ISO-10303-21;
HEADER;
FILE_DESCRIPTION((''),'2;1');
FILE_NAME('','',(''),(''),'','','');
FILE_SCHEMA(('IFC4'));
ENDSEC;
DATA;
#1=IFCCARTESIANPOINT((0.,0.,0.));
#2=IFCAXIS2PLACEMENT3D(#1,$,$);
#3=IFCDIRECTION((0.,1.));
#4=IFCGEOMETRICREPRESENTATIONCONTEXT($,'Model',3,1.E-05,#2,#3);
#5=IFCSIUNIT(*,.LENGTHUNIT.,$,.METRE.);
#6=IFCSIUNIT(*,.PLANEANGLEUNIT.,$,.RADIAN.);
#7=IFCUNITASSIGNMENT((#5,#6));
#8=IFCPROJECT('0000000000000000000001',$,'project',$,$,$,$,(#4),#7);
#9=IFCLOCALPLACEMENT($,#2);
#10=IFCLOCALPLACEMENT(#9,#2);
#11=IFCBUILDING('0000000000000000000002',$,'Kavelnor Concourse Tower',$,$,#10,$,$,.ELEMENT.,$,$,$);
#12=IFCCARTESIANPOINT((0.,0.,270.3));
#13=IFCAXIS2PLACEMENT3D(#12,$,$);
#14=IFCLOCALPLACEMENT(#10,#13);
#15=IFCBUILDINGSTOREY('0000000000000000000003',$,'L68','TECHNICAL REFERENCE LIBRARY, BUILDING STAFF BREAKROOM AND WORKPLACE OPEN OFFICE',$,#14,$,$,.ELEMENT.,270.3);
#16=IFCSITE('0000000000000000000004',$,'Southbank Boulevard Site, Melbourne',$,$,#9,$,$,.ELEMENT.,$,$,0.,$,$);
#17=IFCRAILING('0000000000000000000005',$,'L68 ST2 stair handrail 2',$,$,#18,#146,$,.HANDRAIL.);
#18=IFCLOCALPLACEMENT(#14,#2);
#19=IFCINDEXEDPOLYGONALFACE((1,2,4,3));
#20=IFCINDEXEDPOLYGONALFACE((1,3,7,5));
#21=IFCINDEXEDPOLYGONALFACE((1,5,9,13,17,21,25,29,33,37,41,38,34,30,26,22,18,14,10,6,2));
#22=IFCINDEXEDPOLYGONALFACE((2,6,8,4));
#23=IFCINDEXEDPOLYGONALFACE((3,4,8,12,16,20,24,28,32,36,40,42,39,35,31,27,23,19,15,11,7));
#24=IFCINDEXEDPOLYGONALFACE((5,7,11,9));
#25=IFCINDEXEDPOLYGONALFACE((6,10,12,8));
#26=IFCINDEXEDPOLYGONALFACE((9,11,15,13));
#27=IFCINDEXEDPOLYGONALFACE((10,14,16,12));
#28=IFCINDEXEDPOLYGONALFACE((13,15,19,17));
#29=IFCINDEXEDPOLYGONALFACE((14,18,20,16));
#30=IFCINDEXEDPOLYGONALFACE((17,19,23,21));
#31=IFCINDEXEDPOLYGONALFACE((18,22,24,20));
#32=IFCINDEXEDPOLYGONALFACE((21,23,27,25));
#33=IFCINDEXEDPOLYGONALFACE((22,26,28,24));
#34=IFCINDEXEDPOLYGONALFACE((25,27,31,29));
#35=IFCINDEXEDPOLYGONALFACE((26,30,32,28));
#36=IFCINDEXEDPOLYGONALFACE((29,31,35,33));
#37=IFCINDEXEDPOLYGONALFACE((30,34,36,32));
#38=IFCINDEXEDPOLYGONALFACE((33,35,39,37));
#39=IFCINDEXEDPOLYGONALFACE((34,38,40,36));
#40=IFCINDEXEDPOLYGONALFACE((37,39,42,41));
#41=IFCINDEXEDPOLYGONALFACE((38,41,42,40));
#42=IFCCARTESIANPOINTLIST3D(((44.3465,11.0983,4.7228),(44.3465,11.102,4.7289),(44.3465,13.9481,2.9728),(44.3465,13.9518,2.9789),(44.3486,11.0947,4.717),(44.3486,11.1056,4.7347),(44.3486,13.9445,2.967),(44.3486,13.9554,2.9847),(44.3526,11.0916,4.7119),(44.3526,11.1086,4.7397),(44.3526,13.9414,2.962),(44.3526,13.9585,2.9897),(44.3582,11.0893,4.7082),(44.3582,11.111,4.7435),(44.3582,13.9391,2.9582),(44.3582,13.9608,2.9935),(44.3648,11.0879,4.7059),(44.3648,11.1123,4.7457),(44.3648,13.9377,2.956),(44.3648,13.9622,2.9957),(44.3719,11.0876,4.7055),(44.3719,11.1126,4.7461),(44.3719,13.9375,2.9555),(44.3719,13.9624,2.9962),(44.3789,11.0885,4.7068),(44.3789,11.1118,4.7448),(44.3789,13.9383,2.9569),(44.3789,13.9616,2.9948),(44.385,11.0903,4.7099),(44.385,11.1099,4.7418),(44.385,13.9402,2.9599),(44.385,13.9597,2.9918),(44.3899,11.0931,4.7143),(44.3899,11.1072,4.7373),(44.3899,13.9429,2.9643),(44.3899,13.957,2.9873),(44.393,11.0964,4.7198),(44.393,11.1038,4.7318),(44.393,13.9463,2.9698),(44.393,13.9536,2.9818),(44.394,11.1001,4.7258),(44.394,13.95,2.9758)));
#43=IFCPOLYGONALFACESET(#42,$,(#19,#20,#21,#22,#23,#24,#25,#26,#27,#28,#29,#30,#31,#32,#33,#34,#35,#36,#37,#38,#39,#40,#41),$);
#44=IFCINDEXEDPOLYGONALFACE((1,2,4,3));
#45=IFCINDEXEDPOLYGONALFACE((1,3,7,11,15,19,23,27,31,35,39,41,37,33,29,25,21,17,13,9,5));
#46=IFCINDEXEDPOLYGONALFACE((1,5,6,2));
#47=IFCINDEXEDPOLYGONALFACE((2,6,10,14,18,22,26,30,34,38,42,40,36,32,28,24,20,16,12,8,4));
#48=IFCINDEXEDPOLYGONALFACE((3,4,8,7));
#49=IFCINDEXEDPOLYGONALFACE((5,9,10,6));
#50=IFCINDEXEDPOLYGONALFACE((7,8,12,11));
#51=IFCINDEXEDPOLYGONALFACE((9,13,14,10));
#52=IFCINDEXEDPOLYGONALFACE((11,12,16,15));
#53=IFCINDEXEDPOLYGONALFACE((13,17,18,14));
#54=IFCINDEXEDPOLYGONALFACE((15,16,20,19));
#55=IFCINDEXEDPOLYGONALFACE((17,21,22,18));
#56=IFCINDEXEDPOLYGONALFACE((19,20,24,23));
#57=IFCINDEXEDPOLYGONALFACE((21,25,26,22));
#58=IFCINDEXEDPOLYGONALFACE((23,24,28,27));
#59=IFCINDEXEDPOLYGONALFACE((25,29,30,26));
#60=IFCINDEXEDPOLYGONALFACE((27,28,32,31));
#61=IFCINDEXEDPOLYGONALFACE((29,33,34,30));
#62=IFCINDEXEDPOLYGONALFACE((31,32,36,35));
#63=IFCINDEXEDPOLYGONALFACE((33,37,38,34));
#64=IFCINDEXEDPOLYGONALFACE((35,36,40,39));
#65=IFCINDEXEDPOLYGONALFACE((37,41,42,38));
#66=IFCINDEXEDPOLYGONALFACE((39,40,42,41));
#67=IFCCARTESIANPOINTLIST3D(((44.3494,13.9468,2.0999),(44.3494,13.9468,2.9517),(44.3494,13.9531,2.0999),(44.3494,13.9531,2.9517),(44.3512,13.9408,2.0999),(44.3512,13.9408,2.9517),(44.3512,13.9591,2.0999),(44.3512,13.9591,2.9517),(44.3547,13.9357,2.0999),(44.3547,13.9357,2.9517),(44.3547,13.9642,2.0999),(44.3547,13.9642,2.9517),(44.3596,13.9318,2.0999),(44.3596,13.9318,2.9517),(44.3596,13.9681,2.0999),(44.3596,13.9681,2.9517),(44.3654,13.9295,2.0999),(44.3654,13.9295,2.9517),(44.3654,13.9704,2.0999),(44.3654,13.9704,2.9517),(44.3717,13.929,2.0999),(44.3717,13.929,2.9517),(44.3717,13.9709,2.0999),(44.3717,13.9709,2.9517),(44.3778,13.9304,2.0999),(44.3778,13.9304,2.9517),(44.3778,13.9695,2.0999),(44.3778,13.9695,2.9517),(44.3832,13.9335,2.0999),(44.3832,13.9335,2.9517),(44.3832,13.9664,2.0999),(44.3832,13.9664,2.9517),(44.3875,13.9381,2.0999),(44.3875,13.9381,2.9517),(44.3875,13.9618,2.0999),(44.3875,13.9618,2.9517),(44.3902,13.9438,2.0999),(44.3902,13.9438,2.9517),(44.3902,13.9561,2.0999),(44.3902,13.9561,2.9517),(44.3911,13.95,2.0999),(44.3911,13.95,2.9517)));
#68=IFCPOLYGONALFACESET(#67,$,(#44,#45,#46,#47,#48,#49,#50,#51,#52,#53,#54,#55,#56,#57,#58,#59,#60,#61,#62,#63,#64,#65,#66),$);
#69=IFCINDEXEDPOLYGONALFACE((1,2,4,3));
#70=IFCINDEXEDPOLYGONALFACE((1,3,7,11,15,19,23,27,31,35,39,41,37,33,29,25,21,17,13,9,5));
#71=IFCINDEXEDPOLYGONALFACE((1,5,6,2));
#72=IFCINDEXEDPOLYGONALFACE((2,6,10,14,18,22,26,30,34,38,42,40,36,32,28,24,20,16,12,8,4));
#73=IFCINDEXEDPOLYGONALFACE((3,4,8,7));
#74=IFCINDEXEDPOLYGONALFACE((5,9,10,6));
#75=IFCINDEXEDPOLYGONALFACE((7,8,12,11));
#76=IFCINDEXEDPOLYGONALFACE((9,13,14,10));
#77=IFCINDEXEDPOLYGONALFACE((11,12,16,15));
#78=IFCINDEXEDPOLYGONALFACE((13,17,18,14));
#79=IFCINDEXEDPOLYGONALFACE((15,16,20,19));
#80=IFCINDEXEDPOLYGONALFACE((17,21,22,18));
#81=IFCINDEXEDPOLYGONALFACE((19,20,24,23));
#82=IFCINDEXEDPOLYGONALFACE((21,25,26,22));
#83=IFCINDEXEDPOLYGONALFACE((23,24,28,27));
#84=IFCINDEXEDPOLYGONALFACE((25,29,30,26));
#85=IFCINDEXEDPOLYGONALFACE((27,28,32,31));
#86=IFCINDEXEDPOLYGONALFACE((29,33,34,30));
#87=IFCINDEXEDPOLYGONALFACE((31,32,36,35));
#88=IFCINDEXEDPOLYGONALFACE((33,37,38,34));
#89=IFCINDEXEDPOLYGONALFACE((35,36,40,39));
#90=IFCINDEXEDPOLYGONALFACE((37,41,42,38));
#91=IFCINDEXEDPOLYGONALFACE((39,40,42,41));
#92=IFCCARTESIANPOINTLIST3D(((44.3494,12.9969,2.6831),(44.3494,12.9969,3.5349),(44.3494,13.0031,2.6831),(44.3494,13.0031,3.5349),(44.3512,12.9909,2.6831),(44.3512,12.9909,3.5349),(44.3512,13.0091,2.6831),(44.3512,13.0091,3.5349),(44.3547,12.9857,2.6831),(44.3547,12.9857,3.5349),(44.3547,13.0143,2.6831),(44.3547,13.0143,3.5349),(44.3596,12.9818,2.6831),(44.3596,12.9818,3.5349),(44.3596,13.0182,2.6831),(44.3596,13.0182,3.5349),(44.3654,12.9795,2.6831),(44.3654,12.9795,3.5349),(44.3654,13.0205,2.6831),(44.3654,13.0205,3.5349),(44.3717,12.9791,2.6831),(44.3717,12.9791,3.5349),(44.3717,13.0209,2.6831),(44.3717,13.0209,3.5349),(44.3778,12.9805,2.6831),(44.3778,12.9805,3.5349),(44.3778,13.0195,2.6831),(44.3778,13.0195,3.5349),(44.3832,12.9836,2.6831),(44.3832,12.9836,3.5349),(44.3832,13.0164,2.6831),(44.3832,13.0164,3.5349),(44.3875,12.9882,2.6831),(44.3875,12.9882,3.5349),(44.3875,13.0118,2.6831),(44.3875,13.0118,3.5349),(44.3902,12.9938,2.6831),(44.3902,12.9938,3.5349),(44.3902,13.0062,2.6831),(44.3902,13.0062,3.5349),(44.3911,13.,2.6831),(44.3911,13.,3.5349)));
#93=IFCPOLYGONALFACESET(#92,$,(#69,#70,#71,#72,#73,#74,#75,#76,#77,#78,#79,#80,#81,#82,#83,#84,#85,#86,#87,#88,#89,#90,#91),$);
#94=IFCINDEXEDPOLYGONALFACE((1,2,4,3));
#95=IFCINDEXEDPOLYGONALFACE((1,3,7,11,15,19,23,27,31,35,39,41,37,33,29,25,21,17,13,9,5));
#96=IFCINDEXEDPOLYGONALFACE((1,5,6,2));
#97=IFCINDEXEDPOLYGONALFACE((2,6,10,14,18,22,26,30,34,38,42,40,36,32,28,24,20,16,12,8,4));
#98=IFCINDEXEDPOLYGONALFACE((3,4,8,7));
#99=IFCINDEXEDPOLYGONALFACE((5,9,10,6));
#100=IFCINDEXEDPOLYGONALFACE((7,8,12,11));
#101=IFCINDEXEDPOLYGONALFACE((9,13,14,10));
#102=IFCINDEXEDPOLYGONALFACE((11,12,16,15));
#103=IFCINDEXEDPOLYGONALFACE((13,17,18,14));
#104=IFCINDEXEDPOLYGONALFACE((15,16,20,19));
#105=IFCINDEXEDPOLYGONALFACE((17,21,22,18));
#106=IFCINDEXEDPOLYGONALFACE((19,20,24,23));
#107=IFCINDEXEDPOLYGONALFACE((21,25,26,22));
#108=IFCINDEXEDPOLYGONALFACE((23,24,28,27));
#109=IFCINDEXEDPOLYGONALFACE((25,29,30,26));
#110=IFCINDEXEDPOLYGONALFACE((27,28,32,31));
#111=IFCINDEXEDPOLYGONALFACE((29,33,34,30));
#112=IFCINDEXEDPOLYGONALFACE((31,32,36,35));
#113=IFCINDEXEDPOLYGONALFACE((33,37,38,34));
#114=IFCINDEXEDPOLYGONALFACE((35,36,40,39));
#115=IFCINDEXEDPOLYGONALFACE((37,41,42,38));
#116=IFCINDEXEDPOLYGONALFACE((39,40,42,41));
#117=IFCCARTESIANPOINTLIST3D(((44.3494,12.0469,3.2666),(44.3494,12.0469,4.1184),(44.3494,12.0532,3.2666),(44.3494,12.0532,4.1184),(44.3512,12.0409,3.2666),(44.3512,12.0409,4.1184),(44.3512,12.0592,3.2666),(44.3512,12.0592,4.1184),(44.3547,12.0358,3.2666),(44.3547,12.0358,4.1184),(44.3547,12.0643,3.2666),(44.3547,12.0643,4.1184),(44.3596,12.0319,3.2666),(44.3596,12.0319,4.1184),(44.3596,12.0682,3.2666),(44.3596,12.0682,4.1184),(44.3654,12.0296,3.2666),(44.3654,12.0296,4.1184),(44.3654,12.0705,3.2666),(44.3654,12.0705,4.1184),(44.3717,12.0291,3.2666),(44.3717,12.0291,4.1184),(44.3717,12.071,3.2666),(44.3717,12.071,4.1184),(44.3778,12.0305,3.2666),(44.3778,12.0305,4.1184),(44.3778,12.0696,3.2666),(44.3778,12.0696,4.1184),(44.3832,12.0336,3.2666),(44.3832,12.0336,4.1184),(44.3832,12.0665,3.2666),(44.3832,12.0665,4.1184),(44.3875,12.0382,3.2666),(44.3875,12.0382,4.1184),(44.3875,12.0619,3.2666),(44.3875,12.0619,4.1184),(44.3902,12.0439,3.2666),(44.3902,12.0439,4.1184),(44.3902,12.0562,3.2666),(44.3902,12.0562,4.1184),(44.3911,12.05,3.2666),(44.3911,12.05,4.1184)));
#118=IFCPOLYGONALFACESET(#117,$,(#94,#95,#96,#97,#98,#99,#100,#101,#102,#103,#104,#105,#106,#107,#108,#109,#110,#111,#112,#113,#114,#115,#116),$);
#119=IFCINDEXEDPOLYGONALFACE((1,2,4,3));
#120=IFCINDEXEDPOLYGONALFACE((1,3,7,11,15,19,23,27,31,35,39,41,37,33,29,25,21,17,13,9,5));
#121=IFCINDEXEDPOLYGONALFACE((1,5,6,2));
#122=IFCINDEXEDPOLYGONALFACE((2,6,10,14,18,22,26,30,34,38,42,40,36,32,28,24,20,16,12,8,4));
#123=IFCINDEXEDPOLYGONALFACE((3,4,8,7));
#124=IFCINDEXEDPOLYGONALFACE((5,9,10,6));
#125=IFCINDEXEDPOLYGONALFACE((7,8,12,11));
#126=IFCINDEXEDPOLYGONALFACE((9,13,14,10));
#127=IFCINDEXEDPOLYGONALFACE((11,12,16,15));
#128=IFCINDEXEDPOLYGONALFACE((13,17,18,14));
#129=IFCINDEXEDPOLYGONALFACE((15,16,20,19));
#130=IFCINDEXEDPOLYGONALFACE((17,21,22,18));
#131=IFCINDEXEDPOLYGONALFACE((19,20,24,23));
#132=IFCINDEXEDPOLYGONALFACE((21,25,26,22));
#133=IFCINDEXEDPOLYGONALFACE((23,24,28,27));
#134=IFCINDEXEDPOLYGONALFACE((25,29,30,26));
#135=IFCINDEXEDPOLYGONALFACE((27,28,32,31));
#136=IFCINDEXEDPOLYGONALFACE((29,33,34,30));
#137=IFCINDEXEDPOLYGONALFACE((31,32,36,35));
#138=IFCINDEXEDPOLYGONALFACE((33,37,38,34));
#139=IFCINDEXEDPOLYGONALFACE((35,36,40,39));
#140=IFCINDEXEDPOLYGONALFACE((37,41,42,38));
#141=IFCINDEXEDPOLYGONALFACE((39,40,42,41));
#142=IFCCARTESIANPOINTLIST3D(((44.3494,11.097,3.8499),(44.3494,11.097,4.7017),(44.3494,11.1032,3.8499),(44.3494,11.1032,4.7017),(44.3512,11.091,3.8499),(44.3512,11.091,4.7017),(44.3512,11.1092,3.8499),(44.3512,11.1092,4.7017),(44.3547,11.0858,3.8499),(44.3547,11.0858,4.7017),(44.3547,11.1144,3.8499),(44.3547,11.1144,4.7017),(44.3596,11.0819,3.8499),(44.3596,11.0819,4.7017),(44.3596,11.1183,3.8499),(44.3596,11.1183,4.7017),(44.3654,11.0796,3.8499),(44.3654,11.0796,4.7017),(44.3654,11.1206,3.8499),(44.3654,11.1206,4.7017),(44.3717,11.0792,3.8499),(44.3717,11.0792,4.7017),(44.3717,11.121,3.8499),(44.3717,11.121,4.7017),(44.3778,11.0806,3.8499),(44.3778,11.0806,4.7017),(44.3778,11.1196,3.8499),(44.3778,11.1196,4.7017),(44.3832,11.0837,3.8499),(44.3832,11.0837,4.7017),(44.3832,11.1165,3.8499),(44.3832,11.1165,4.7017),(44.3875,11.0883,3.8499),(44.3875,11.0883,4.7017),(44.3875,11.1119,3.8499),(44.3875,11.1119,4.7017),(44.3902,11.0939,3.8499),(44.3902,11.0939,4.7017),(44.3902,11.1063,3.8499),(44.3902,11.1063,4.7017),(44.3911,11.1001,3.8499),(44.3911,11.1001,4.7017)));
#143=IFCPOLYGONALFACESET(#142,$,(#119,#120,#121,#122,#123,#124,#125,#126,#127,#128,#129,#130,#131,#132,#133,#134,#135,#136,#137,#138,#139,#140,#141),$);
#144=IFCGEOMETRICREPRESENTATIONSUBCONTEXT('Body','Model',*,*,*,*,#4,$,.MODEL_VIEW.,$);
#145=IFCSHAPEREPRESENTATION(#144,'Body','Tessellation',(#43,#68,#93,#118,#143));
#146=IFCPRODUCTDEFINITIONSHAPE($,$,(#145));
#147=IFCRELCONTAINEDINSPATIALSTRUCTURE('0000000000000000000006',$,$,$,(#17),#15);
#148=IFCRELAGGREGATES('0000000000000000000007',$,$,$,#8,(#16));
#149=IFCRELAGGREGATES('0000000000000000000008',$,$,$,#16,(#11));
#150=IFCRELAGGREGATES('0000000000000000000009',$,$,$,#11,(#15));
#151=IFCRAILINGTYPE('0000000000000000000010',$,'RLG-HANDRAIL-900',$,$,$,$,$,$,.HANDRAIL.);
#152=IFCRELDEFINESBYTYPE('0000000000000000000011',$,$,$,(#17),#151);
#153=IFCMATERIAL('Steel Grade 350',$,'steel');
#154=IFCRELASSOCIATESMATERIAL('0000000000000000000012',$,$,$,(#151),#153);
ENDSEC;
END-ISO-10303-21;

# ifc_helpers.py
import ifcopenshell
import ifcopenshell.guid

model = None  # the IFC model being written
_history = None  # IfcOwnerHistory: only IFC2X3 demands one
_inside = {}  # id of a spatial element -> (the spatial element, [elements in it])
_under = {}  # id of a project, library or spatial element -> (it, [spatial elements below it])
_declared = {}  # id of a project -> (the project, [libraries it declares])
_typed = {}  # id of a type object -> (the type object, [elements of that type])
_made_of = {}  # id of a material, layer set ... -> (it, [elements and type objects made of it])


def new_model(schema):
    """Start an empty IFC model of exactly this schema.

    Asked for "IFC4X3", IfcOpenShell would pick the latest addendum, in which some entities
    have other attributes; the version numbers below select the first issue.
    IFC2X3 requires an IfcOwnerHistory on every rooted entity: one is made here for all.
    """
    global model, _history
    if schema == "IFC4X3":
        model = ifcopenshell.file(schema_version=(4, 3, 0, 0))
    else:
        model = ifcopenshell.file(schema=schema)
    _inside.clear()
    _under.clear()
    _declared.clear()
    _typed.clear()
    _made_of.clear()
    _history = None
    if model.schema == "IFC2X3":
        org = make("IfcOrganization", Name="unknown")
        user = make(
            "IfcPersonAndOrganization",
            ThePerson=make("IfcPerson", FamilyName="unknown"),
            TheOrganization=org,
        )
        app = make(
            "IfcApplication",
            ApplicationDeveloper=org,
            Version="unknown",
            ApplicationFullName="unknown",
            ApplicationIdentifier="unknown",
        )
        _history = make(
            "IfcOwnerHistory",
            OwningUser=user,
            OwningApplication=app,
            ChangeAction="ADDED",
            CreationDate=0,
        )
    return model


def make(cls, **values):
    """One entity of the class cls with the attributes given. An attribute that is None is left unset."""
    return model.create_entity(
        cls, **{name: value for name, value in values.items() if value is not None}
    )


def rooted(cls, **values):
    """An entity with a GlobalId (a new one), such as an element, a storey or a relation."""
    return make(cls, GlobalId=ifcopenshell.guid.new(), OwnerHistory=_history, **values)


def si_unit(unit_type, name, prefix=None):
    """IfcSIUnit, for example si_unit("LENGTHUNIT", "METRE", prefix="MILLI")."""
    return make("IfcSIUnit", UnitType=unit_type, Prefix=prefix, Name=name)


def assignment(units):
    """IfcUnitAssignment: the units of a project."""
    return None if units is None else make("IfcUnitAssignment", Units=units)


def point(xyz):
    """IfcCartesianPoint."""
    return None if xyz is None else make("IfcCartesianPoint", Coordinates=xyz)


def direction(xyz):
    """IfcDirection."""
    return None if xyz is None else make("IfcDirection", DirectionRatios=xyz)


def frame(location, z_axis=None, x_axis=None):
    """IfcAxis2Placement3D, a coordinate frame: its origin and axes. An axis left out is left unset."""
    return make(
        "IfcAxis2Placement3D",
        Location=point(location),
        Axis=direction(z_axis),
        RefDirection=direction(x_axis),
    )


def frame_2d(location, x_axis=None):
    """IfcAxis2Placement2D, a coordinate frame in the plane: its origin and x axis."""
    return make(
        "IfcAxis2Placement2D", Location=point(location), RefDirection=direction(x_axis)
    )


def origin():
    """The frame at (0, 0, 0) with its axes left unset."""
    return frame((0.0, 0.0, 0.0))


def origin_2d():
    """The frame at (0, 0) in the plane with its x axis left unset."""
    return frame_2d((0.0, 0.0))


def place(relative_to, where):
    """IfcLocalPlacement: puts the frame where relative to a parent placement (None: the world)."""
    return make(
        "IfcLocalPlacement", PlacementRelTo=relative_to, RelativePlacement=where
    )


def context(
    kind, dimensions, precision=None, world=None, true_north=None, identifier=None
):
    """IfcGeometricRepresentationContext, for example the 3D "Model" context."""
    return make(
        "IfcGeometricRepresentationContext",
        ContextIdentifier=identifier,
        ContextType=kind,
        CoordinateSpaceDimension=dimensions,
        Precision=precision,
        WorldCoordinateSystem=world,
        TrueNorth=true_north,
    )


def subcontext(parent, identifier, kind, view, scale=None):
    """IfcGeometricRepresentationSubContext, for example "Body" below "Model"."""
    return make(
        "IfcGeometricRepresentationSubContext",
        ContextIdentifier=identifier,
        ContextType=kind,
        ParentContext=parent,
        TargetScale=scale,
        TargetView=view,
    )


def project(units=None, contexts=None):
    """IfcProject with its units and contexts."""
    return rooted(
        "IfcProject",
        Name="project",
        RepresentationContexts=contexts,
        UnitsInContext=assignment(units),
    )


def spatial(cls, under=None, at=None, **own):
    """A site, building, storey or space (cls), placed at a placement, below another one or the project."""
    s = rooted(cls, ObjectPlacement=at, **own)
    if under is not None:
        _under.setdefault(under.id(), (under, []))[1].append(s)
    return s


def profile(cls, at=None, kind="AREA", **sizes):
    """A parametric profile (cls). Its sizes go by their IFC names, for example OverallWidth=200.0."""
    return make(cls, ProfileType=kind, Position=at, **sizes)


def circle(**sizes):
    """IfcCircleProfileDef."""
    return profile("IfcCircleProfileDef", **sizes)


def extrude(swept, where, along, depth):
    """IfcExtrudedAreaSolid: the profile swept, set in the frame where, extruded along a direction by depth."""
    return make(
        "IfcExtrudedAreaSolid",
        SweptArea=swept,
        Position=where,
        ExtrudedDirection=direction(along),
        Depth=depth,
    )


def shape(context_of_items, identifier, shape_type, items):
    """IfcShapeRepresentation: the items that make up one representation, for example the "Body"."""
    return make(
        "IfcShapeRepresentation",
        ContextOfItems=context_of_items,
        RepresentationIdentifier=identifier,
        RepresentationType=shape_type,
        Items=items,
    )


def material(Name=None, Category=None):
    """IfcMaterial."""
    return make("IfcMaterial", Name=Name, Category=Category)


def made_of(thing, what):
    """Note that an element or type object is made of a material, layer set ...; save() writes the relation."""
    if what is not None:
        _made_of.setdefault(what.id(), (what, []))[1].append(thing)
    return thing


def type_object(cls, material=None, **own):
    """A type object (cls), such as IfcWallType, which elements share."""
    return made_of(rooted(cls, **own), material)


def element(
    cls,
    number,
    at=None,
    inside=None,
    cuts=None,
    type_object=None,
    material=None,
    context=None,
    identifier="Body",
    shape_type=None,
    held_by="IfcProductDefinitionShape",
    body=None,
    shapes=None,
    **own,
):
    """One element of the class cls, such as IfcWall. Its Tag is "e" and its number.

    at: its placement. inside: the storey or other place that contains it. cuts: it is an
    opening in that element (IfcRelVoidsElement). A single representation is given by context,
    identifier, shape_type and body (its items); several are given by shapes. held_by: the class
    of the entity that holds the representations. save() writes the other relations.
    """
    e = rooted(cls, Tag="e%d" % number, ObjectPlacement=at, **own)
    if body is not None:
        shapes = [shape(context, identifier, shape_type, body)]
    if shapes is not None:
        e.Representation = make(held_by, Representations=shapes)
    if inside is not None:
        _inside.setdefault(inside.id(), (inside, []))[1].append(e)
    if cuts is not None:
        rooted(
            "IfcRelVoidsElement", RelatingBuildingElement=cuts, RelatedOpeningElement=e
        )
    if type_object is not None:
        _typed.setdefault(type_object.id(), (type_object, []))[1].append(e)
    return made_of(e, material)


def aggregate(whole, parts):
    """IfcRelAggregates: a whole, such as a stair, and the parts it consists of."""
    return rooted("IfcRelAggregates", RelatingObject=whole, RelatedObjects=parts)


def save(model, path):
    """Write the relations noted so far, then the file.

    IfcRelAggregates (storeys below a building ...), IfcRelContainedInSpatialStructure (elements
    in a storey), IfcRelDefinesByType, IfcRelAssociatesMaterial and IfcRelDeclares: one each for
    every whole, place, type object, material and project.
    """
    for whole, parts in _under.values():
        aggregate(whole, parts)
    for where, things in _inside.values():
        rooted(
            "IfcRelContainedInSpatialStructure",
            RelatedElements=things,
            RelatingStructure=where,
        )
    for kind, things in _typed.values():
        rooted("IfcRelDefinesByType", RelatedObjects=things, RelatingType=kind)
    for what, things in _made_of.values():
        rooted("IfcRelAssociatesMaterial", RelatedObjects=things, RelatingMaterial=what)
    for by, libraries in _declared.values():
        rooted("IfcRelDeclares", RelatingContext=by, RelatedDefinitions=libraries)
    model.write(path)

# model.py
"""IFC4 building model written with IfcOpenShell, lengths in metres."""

from ifc_helpers import new_model, si_unit, direction, frame, origin, origin_2d, place, context, subcontext, project, spatial, circle, extrude, material, type_object, element, save


model = new_model("IFC4")

# Units and contexts
model_context = context("Model", 3, precision=1e-05, world=origin(), true_north=direction((0.0, 1.0)))
body_context = subcontext(model_context, "Body", "Model", "MODEL_VIEW")
ifc_project = project(units=[si_unit("LENGTHUNIT", "METRE"), si_unit("PLANEANGLEUNIT", "RADIAN")], contexts=[model_context])

# Site, building, storey
site_placement = place(None, origin())
site = spatial("IfcSite", under=ifc_project, at=site_placement, Name="Southbank Boulevard Site, Melbourne", CompositionType="ELEMENT", RefElevation=0.0)
building_placement = place(site_placement, origin())
building = spatial("IfcBuilding", under=site, at=building_placement, Name="Kavelnor Concourse Tower", CompositionType="ELEMENT")
storey_placement = place(building_placement, frame((0.0, 0.0, 270.3)))
storey = spatial("IfcBuildingStorey", under=building, at=storey_placement, Name="L68", Description="TECHNICAL REFERENCE LIBRARY, BUILDING STAFF BREAKROOM AND WORKPLACE OPEN OFFICE", CompositionType="ELEMENT", Elevation=270.3)

# Shared definitions
ifc_material_1 = material(Name="Steel Grade 350", Category="steel")

# Railing
railing_type_1 = type_object("IfcRailingType", Name="RLG-HANDRAIL-900", PredefinedType="HANDRAIL", material=ifc_material_1)
railing_1_placement = place(storey_placement, frame((44.3701, 13.95, 2.0999)))
element("IfcRailing", 1, at=railing_1_placement, inside=storey, type_object=railing_type_1, Name="L68 ST2 stair handrail 2", PredefinedType="HANDRAIL", context=body_context, shape_type="SweptSolid", body=[
    extrude(circle(Radius=0.0239, at=origin_2d()), frame((0.0, 0.0, 0.876), z_axis=(0.0, -0.852159, 0.523283), x_axis=(1.0, 0.0, 0.0)), (0.0, 0.0, 1.0), 3.3442),
    extrude(circle(Radius=0.021, at=origin_2d()), origin(), (0.0, 0.0, 1.0), 0.8518),
    extrude(circle(Radius=0.021, at=origin_2d()), frame((0.0, -0.95, 0.5833)), (0.0, 0.0, 1.0), 0.8518),
    extrude(circle(Radius=0.021, at=origin_2d()), frame((0.0, -1.8999, 1.1667)), (0.0, 0.0, 1.0), 0.8518),
    extrude(circle(Radius=0.021, at=origin_2d()), frame((0.0, -2.8499, 1.75)), (0.0, 0.0, 1.0), 0.8518),
])

save(model, "model.ifc")
